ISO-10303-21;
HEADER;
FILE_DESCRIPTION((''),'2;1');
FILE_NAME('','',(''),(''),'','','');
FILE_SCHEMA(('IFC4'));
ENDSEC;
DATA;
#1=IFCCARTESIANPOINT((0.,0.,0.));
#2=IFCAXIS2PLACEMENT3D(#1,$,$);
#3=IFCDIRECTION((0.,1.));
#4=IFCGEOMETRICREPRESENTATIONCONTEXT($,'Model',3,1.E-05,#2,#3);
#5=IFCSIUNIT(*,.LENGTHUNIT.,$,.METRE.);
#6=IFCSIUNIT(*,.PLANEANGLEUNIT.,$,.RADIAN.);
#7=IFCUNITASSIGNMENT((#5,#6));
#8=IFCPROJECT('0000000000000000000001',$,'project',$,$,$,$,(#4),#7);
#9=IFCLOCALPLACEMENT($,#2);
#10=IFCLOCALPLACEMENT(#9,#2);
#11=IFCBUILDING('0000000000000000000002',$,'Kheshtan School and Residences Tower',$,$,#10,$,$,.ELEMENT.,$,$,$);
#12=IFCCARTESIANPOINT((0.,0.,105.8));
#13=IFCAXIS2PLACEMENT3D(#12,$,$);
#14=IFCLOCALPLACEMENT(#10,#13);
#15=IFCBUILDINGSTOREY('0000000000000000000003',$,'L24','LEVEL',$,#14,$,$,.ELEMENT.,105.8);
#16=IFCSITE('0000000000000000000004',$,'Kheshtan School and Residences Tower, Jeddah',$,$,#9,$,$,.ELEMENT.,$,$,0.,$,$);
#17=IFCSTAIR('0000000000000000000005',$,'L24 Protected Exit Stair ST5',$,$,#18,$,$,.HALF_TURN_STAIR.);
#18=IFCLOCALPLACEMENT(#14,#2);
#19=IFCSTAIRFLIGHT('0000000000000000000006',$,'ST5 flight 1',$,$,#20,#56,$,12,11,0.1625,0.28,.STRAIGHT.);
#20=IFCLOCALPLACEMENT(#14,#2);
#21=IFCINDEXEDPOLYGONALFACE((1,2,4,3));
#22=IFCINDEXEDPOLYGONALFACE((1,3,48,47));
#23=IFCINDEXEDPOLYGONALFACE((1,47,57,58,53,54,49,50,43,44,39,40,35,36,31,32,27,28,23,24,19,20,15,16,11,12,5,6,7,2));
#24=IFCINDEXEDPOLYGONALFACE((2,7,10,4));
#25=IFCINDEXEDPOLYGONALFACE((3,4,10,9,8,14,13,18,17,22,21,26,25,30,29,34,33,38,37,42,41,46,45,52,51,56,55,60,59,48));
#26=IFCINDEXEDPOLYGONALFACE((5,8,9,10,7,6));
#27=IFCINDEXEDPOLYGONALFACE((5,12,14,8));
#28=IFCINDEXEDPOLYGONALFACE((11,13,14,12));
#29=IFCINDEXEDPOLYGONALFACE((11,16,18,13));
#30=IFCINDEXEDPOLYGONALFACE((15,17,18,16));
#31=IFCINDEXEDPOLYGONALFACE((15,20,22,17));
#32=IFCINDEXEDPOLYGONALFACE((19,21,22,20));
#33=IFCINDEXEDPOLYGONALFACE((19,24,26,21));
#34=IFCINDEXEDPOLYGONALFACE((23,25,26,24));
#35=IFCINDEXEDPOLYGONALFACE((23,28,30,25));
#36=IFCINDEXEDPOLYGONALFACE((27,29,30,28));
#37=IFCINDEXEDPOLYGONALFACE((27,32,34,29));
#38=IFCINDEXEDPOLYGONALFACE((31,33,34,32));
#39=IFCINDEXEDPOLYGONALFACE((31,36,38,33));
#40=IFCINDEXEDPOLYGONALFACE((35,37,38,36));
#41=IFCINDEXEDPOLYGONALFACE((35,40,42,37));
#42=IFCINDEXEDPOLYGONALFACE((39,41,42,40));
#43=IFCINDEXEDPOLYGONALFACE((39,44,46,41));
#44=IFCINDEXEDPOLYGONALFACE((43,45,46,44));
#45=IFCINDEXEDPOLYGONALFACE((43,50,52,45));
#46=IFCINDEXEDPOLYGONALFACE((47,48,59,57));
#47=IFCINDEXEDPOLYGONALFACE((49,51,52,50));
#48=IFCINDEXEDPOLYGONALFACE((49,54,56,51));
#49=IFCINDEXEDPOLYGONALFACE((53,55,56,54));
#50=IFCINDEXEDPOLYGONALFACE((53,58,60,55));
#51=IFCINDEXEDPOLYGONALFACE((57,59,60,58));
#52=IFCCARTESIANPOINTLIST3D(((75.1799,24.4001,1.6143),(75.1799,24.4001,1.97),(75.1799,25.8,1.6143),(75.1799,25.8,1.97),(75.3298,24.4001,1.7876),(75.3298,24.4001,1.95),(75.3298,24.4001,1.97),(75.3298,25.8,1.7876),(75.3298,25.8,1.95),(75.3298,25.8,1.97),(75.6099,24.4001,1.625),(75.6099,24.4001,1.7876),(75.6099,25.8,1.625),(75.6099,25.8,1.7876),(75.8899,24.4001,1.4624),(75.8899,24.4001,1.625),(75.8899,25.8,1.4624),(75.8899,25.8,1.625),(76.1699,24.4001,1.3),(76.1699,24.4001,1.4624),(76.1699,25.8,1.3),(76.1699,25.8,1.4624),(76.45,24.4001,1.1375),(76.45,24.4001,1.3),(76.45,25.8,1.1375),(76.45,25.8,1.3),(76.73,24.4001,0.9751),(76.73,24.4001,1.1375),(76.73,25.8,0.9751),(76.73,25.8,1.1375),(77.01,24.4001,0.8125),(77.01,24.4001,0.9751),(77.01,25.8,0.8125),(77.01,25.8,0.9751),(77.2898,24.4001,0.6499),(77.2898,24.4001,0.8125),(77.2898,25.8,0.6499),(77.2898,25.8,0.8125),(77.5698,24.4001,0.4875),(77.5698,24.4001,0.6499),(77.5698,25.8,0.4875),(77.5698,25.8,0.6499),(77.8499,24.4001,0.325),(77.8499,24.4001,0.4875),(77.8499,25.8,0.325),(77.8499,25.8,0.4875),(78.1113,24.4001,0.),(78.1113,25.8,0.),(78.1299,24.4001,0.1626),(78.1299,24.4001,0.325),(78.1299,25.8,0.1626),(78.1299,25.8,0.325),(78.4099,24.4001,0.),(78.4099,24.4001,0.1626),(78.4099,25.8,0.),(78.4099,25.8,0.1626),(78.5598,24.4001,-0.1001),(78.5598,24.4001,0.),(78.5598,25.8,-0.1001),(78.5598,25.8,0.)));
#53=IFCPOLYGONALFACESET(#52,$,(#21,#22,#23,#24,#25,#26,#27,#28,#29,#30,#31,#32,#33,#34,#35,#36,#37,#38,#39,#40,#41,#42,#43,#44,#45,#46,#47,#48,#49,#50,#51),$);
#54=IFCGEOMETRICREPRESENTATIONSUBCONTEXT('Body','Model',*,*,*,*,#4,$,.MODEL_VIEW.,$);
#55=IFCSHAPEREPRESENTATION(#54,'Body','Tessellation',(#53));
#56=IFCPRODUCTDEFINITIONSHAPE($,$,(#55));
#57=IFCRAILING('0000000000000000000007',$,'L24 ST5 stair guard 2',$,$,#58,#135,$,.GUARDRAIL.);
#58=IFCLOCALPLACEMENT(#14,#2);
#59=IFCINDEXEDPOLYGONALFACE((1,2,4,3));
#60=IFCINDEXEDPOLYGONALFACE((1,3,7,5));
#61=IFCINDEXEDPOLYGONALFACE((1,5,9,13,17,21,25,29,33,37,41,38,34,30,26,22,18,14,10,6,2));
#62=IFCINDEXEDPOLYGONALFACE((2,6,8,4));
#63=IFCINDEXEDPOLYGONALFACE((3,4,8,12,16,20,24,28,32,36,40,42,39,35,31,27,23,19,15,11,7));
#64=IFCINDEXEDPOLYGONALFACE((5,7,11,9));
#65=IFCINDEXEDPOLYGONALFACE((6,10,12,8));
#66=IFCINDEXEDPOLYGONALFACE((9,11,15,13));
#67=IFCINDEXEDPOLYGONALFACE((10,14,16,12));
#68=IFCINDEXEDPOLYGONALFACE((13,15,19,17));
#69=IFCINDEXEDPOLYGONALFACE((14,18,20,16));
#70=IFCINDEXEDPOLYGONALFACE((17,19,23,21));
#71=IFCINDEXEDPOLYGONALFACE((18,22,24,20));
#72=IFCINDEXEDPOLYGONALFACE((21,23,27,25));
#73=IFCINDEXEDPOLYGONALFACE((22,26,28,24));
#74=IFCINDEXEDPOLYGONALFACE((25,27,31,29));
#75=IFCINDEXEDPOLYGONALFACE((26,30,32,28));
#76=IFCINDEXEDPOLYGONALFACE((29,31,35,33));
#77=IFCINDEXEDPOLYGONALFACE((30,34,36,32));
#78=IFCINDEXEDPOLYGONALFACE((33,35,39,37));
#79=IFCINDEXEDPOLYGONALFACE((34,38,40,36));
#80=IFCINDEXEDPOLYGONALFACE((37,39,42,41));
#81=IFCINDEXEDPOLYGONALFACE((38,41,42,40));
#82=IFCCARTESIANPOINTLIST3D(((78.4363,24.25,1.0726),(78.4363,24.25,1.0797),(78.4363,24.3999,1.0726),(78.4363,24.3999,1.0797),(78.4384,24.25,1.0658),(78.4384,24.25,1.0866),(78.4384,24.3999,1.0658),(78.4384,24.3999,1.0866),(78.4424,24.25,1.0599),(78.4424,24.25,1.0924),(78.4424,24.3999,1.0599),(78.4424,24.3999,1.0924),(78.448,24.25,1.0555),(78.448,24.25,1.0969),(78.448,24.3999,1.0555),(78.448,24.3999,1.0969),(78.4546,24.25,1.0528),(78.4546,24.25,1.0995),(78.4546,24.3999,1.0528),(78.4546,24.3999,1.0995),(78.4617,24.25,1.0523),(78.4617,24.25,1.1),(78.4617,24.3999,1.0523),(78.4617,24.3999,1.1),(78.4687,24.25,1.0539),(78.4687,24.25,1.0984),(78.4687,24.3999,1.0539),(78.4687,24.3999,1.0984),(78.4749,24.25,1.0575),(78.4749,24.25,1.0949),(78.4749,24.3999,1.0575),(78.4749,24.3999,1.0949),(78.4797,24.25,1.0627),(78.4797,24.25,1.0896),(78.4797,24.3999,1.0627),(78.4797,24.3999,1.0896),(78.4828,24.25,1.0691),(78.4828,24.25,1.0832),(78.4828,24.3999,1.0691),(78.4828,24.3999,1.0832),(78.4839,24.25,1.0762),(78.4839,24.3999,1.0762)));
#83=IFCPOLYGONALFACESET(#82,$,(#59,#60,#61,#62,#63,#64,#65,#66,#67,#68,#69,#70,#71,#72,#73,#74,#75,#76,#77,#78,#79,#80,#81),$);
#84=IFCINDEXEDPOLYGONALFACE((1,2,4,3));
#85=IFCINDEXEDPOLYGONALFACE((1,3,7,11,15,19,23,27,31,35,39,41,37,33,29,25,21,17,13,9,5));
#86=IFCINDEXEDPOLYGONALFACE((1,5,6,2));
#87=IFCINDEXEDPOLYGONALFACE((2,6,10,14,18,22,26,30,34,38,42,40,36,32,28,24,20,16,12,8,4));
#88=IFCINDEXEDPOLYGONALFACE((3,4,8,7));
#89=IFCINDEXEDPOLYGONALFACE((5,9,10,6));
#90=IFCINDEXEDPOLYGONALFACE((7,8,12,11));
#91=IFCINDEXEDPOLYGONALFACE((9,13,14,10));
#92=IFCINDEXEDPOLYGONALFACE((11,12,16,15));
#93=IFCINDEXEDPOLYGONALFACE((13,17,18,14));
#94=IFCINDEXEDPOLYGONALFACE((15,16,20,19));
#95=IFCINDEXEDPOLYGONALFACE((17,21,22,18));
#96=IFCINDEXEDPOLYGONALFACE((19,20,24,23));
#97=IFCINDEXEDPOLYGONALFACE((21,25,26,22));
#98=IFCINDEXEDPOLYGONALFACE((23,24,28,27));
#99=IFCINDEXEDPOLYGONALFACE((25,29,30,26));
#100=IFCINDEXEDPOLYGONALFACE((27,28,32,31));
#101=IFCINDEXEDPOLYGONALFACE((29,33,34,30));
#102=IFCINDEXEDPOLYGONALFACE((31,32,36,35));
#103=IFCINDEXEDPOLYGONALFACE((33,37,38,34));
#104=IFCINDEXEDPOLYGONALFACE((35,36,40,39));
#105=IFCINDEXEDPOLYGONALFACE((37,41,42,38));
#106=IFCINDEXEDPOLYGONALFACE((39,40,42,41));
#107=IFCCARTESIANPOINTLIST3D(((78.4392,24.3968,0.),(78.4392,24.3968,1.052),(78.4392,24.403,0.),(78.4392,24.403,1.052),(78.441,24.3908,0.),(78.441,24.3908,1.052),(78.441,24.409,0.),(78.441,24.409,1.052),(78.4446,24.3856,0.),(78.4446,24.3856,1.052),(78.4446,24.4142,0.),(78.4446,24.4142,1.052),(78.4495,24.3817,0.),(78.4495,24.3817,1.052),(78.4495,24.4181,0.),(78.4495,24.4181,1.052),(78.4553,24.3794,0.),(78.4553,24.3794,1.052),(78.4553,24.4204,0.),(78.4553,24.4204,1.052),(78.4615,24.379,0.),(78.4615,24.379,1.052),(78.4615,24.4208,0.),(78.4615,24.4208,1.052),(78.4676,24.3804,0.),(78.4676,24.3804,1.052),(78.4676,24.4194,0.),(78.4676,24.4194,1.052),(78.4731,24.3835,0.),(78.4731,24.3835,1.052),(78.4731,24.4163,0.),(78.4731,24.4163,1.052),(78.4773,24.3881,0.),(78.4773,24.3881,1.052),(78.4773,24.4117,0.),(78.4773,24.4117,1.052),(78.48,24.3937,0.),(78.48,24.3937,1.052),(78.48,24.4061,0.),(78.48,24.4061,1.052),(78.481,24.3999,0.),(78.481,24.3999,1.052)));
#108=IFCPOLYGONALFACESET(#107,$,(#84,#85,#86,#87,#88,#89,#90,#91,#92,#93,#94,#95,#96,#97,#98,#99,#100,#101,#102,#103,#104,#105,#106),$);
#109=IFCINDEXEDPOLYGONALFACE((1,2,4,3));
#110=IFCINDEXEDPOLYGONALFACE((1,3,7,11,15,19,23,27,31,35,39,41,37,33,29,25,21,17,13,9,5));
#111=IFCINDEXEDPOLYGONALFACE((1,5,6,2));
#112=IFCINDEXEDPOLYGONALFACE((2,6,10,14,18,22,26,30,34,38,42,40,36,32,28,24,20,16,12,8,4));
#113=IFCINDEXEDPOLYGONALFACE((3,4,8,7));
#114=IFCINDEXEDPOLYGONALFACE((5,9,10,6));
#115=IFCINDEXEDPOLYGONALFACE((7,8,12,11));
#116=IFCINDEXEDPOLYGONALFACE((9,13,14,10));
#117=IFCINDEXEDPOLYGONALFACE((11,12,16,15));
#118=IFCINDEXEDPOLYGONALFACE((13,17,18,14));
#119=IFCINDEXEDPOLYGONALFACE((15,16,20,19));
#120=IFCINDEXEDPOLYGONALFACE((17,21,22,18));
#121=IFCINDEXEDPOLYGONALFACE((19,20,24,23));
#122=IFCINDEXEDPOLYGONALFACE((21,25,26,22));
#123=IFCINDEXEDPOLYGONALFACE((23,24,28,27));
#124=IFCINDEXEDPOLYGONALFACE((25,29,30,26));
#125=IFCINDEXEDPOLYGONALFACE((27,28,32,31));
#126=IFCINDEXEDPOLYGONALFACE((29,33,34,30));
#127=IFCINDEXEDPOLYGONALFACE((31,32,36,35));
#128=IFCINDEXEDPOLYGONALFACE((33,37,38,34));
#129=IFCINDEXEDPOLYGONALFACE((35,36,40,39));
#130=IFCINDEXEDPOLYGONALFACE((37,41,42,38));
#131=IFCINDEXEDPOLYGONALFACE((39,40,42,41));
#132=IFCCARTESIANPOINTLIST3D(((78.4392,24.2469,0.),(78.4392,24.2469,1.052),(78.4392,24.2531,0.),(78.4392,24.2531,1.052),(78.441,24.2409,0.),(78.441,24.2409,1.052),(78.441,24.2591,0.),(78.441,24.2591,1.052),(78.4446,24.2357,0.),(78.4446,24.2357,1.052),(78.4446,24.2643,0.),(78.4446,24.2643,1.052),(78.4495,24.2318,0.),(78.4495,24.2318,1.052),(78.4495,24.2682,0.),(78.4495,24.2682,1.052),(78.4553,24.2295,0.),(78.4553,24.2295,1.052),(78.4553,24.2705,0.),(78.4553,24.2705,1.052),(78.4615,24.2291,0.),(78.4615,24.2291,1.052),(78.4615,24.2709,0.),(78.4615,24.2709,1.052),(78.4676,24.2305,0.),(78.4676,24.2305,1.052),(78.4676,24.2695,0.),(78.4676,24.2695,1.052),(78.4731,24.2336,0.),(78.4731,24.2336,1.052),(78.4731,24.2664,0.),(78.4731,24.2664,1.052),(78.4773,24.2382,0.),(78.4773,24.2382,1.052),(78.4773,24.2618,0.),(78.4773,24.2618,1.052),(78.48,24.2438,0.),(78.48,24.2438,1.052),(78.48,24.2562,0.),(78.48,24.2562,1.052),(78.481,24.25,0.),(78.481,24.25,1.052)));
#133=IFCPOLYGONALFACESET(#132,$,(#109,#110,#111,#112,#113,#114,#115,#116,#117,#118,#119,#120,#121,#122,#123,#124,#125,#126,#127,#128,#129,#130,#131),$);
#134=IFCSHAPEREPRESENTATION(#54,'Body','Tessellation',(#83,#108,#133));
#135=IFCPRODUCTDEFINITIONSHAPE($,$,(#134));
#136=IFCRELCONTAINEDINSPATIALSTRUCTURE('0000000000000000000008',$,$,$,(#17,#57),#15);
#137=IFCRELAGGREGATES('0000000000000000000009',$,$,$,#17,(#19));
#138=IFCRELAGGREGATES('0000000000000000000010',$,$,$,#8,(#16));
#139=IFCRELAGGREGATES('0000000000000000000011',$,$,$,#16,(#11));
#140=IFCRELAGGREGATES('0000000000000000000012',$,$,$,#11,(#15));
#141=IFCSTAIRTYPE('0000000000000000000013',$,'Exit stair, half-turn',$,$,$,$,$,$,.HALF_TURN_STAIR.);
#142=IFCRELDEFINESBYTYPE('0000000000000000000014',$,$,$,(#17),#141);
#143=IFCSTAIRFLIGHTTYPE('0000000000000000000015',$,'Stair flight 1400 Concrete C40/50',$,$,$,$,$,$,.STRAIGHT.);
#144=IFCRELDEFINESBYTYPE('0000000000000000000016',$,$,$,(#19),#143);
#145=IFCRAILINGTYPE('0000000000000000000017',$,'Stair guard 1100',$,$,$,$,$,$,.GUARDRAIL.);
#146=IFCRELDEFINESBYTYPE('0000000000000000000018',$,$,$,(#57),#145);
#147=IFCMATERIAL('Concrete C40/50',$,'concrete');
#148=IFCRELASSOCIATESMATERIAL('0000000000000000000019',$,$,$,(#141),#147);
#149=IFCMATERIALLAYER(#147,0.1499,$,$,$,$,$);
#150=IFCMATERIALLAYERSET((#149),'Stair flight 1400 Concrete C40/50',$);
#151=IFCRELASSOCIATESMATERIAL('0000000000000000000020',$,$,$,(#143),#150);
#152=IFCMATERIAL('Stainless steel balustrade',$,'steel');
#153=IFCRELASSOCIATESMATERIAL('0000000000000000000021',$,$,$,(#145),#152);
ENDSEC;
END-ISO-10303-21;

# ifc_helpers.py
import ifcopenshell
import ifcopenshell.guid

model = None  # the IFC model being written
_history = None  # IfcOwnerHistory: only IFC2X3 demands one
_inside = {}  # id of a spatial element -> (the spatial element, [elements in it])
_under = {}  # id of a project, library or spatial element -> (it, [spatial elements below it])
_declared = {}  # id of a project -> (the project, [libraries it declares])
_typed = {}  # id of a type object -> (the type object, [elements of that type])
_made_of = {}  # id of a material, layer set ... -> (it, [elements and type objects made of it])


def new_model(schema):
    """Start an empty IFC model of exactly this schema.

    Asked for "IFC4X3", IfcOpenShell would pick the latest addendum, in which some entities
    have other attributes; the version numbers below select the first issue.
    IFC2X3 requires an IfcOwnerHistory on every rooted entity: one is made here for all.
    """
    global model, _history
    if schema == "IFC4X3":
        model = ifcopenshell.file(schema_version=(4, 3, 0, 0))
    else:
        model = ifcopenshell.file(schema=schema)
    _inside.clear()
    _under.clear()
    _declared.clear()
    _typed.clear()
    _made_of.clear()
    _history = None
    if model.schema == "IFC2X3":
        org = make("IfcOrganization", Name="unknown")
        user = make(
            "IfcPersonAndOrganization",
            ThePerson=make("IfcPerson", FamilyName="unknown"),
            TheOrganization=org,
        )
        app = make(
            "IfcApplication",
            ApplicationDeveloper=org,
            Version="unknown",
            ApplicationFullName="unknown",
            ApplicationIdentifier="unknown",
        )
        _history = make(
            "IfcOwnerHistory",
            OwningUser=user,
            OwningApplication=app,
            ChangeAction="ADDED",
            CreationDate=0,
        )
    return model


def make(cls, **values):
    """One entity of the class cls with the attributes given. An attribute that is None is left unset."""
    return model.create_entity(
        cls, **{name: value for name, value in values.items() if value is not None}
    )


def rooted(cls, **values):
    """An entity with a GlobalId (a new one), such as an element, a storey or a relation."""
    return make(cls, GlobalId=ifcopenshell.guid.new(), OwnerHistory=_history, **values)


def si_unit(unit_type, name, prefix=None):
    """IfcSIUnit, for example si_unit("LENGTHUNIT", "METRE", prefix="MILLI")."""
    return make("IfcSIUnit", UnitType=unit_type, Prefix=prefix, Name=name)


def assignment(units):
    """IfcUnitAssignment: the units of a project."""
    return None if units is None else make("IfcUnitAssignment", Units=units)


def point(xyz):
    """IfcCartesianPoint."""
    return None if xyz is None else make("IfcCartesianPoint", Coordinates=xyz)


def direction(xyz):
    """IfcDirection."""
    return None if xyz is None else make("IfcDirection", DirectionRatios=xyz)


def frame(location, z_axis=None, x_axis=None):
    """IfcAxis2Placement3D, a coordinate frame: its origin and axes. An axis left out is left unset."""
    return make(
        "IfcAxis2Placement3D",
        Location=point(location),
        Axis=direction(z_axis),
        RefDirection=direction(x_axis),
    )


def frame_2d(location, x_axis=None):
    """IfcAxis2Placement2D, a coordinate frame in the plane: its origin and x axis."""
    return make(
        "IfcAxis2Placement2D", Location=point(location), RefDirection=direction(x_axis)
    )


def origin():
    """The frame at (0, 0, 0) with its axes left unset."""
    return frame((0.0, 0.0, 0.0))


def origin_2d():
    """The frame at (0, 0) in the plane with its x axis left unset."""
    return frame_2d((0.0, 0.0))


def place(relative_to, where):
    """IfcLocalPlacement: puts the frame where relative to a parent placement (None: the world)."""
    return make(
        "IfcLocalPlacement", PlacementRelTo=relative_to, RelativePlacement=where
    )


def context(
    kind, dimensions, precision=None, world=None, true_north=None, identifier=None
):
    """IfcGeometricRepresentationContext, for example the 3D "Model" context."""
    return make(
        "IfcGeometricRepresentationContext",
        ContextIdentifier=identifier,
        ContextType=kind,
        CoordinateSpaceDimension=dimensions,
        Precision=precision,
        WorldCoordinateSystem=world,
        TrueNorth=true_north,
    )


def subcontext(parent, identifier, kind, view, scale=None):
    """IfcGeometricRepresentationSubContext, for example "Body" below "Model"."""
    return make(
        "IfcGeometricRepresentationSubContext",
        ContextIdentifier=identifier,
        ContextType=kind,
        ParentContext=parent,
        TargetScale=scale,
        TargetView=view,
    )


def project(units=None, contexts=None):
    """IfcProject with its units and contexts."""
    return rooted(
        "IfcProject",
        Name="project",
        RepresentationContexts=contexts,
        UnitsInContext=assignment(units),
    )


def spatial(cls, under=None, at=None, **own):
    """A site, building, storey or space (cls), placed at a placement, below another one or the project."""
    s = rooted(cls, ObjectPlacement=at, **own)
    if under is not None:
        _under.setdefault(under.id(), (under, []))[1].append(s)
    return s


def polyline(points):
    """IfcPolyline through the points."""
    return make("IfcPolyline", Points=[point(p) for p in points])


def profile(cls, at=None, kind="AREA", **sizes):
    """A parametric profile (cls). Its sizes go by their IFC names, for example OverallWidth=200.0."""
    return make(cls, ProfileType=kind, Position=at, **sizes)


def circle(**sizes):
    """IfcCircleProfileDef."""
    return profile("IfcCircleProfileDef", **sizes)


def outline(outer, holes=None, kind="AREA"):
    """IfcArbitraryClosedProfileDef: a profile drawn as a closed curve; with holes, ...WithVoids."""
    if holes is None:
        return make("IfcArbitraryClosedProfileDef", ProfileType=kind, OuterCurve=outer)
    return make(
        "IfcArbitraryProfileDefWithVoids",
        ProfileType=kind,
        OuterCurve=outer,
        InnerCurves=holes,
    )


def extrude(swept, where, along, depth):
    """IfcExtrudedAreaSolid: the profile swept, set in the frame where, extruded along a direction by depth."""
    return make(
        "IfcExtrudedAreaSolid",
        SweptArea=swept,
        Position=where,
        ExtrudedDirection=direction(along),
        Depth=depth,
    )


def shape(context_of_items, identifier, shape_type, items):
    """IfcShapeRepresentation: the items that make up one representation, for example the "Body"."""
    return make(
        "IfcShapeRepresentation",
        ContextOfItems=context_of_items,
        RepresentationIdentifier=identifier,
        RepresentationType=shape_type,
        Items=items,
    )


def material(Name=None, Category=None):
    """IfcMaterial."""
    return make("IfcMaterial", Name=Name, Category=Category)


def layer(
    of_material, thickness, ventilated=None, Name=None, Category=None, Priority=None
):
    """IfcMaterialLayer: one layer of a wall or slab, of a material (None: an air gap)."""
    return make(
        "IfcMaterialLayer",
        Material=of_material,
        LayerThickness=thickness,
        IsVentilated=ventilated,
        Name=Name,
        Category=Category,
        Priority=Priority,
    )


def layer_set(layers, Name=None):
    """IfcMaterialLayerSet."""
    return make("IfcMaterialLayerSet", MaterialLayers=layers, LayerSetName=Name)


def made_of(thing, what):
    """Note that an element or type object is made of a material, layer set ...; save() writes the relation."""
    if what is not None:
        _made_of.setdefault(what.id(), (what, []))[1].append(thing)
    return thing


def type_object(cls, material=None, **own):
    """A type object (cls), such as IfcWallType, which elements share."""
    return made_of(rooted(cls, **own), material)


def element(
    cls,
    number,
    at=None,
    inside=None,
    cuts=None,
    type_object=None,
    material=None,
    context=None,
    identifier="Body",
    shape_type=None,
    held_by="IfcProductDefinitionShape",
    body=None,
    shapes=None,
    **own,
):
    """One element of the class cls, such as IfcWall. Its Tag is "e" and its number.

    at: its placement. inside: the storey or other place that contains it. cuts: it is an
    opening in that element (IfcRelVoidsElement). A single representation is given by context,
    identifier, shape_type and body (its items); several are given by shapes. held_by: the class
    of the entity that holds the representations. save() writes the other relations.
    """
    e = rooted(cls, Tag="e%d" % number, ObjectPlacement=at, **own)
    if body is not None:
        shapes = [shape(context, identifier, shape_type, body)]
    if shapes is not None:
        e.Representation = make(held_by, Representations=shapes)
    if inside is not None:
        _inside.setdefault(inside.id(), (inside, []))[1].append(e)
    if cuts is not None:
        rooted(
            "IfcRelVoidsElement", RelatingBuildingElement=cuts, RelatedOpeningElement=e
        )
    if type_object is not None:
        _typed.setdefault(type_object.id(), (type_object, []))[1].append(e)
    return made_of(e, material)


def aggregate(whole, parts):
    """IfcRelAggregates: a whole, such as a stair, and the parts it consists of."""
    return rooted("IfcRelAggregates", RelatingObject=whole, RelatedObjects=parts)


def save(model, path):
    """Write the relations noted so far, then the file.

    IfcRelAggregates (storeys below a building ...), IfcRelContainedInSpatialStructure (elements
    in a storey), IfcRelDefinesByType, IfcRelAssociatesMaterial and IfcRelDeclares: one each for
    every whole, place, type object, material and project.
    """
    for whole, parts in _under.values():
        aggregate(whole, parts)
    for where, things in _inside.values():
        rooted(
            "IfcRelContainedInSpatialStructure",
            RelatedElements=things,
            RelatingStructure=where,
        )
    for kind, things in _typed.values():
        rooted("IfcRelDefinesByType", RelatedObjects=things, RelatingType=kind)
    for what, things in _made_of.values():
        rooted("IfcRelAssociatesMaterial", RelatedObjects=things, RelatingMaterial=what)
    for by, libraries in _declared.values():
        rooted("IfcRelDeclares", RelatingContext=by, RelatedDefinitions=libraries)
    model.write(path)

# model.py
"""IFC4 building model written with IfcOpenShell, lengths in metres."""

from ifc_helpers import new_model, si_unit, direction, frame, origin, origin_2d, place, context, subcontext, project, spatial, polyline, circle, outline, extrude, material, layer, layer_set, type_object, element, aggregate, save


model = new_model("IFC4")

# Units and contexts
model_context = context("Model", 3, precision=1e-05, world=origin(), true_north=direction((0.0, 1.0)))
body_context = subcontext(model_context, "Body", "Model", "MODEL_VIEW")
ifc_project = project(units=[si_unit("LENGTHUNIT", "METRE"), si_unit("PLANEANGLEUNIT", "RADIAN")], contexts=[model_context])

# Site, building, storey
site_placement = place(None, origin())
site = spatial("IfcSite", under=ifc_project, at=site_placement, Name="Kheshtan School and Residences Tower, Jeddah", CompositionType="ELEMENT", RefElevation=0.0)
building_placement = place(site_placement, origin())
building = spatial("IfcBuilding", under=site, at=building_placement, Name="Kheshtan School and Residences Tower", CompositionType="ELEMENT")
storey_placement = place(building_placement, frame((0.0, 0.0, 105.8)))
storey = spatial("IfcBuildingStorey", under=building, at=storey_placement, Name="L24", Description="LEVEL", CompositionType="ELEMENT", Elevation=105.8)

# Shared definitions
ifc_material_1 = material(Name="Concrete C40/50", Category="concrete")

# Shared definitions
stair_type = type_object("IfcStairType", Name="Exit stair, half-turn", PredefinedType="HALF_TURN_STAIR", material=ifc_material_1)
ifc_layer_1 = layer(ifc_material_1, 0.1499)
ifc_layer_set_1 = layer_set([ifc_layer_1], Name="Stair flight 1400 Concrete C40/50")
stair_flight_type = type_object("IfcStairFlightType", Name="Stair flight 1400 Concrete C40/50", PredefinedType="STRAIGHT", material=ifc_layer_set_1)

# Stair, stair flight
stair_1_placement = place(storey_placement, origin())
stair_1 = element("IfcStair", 1, at=stair_1_placement, inside=storey, type_object=stair_type, Name="L24 Protected Exit Stair ST5", PredefinedType="HALF_TURN_STAIR")
stair_flight_1_placement = place(storey_placement, frame((78.4099, 25.1001, 0.0), z_axis=(0.0, 0.0, 1.0), x_axis=(-1.0, 0.0, 0.0)))
stair_flight_1 = element("IfcStairFlight", 2, at=stair_flight_1_placement, type_object=stair_flight_type, Name="ST5 flight 1", NumberOfRisers=12, NumberOfTreads=11, PredefinedType="STRAIGHT", RiserHeight=0.1625, TreadLength=0.28, context=body_context, shape_type="SweptSolid", body=[
    extrude(outline(polyline([(-0.1499, -0.1001), (-0.1499, 0.0), (0.0, 0.0), (0.0, 0.1626), (0.28, 0.1626), (0.28, 0.325), (0.5601, 0.325), (0.5601, 0.4875), (0.8401, 0.4875), (0.8401, 0.6499), (1.1201, 0.6499), (1.1201, 0.8125), (1.3999, 0.8125), (1.3999, 0.9751), (1.6799, 0.9751), (1.6799, 1.1375), (1.96, 1.1375), (1.96, 1.3), (2.24, 1.3), (2.24, 1.4624), (2.52, 1.4624), (2.52, 1.625), (2.8, 1.625), (2.8, 1.7876), (3.0801, 1.7876), (3.0801, 1.95), (3.0801, 1.97), (3.23, 1.97), (3.23, 1.6143), (0.2986, 0.0), (-0.1499, -0.1001)])), frame((0.0, 0.7, 0.0), z_axis=(0.0, -1.0, 0.0), x_axis=(1.0, 0.0, 0.0)), (0.0, 0.0, 1.0), 1.3999),
])
aggregate(stair_1, [stair_flight_1])

# Railing
ifc_material_2 = material(Name="Stainless steel balustrade", Category="steel")
railing_type_1 = type_object("IfcRailingType", Name="Stair guard 1100", PredefinedType="GUARDRAIL", material=ifc_material_2)
railing_1_placement = place(storey_placement, frame((78.46, 24.3999, 0.0)))
element("IfcRailing", 3, at=railing_1_placement, inside=storey, type_object=railing_type_1, Name="L24 ST5 stair guard 2", PredefinedType="GUARDRAIL", context=body_context, shape_type="SweptSolid", body=[
    extrude(circle(Radius=0.0239, at=origin_2d()), frame((0.0, 0.0, 1.0762), z_axis=(0.0, -1.0, 0.0), x_axis=(1.0, 0.0, 0.0)), (0.0, 0.0, 1.0), 0.1499),
    extrude(circle(Radius=0.021, at=origin_2d()), origin(), (0.0, 0.0, 1.0), 1.052),
    extrude(circle(Radius=0.021, at=origin_2d()), frame((0.0, -0.1499, 0.0)), (0.0, 0.0, 1.0), 1.052),
])

save(model, "model.ifc")
